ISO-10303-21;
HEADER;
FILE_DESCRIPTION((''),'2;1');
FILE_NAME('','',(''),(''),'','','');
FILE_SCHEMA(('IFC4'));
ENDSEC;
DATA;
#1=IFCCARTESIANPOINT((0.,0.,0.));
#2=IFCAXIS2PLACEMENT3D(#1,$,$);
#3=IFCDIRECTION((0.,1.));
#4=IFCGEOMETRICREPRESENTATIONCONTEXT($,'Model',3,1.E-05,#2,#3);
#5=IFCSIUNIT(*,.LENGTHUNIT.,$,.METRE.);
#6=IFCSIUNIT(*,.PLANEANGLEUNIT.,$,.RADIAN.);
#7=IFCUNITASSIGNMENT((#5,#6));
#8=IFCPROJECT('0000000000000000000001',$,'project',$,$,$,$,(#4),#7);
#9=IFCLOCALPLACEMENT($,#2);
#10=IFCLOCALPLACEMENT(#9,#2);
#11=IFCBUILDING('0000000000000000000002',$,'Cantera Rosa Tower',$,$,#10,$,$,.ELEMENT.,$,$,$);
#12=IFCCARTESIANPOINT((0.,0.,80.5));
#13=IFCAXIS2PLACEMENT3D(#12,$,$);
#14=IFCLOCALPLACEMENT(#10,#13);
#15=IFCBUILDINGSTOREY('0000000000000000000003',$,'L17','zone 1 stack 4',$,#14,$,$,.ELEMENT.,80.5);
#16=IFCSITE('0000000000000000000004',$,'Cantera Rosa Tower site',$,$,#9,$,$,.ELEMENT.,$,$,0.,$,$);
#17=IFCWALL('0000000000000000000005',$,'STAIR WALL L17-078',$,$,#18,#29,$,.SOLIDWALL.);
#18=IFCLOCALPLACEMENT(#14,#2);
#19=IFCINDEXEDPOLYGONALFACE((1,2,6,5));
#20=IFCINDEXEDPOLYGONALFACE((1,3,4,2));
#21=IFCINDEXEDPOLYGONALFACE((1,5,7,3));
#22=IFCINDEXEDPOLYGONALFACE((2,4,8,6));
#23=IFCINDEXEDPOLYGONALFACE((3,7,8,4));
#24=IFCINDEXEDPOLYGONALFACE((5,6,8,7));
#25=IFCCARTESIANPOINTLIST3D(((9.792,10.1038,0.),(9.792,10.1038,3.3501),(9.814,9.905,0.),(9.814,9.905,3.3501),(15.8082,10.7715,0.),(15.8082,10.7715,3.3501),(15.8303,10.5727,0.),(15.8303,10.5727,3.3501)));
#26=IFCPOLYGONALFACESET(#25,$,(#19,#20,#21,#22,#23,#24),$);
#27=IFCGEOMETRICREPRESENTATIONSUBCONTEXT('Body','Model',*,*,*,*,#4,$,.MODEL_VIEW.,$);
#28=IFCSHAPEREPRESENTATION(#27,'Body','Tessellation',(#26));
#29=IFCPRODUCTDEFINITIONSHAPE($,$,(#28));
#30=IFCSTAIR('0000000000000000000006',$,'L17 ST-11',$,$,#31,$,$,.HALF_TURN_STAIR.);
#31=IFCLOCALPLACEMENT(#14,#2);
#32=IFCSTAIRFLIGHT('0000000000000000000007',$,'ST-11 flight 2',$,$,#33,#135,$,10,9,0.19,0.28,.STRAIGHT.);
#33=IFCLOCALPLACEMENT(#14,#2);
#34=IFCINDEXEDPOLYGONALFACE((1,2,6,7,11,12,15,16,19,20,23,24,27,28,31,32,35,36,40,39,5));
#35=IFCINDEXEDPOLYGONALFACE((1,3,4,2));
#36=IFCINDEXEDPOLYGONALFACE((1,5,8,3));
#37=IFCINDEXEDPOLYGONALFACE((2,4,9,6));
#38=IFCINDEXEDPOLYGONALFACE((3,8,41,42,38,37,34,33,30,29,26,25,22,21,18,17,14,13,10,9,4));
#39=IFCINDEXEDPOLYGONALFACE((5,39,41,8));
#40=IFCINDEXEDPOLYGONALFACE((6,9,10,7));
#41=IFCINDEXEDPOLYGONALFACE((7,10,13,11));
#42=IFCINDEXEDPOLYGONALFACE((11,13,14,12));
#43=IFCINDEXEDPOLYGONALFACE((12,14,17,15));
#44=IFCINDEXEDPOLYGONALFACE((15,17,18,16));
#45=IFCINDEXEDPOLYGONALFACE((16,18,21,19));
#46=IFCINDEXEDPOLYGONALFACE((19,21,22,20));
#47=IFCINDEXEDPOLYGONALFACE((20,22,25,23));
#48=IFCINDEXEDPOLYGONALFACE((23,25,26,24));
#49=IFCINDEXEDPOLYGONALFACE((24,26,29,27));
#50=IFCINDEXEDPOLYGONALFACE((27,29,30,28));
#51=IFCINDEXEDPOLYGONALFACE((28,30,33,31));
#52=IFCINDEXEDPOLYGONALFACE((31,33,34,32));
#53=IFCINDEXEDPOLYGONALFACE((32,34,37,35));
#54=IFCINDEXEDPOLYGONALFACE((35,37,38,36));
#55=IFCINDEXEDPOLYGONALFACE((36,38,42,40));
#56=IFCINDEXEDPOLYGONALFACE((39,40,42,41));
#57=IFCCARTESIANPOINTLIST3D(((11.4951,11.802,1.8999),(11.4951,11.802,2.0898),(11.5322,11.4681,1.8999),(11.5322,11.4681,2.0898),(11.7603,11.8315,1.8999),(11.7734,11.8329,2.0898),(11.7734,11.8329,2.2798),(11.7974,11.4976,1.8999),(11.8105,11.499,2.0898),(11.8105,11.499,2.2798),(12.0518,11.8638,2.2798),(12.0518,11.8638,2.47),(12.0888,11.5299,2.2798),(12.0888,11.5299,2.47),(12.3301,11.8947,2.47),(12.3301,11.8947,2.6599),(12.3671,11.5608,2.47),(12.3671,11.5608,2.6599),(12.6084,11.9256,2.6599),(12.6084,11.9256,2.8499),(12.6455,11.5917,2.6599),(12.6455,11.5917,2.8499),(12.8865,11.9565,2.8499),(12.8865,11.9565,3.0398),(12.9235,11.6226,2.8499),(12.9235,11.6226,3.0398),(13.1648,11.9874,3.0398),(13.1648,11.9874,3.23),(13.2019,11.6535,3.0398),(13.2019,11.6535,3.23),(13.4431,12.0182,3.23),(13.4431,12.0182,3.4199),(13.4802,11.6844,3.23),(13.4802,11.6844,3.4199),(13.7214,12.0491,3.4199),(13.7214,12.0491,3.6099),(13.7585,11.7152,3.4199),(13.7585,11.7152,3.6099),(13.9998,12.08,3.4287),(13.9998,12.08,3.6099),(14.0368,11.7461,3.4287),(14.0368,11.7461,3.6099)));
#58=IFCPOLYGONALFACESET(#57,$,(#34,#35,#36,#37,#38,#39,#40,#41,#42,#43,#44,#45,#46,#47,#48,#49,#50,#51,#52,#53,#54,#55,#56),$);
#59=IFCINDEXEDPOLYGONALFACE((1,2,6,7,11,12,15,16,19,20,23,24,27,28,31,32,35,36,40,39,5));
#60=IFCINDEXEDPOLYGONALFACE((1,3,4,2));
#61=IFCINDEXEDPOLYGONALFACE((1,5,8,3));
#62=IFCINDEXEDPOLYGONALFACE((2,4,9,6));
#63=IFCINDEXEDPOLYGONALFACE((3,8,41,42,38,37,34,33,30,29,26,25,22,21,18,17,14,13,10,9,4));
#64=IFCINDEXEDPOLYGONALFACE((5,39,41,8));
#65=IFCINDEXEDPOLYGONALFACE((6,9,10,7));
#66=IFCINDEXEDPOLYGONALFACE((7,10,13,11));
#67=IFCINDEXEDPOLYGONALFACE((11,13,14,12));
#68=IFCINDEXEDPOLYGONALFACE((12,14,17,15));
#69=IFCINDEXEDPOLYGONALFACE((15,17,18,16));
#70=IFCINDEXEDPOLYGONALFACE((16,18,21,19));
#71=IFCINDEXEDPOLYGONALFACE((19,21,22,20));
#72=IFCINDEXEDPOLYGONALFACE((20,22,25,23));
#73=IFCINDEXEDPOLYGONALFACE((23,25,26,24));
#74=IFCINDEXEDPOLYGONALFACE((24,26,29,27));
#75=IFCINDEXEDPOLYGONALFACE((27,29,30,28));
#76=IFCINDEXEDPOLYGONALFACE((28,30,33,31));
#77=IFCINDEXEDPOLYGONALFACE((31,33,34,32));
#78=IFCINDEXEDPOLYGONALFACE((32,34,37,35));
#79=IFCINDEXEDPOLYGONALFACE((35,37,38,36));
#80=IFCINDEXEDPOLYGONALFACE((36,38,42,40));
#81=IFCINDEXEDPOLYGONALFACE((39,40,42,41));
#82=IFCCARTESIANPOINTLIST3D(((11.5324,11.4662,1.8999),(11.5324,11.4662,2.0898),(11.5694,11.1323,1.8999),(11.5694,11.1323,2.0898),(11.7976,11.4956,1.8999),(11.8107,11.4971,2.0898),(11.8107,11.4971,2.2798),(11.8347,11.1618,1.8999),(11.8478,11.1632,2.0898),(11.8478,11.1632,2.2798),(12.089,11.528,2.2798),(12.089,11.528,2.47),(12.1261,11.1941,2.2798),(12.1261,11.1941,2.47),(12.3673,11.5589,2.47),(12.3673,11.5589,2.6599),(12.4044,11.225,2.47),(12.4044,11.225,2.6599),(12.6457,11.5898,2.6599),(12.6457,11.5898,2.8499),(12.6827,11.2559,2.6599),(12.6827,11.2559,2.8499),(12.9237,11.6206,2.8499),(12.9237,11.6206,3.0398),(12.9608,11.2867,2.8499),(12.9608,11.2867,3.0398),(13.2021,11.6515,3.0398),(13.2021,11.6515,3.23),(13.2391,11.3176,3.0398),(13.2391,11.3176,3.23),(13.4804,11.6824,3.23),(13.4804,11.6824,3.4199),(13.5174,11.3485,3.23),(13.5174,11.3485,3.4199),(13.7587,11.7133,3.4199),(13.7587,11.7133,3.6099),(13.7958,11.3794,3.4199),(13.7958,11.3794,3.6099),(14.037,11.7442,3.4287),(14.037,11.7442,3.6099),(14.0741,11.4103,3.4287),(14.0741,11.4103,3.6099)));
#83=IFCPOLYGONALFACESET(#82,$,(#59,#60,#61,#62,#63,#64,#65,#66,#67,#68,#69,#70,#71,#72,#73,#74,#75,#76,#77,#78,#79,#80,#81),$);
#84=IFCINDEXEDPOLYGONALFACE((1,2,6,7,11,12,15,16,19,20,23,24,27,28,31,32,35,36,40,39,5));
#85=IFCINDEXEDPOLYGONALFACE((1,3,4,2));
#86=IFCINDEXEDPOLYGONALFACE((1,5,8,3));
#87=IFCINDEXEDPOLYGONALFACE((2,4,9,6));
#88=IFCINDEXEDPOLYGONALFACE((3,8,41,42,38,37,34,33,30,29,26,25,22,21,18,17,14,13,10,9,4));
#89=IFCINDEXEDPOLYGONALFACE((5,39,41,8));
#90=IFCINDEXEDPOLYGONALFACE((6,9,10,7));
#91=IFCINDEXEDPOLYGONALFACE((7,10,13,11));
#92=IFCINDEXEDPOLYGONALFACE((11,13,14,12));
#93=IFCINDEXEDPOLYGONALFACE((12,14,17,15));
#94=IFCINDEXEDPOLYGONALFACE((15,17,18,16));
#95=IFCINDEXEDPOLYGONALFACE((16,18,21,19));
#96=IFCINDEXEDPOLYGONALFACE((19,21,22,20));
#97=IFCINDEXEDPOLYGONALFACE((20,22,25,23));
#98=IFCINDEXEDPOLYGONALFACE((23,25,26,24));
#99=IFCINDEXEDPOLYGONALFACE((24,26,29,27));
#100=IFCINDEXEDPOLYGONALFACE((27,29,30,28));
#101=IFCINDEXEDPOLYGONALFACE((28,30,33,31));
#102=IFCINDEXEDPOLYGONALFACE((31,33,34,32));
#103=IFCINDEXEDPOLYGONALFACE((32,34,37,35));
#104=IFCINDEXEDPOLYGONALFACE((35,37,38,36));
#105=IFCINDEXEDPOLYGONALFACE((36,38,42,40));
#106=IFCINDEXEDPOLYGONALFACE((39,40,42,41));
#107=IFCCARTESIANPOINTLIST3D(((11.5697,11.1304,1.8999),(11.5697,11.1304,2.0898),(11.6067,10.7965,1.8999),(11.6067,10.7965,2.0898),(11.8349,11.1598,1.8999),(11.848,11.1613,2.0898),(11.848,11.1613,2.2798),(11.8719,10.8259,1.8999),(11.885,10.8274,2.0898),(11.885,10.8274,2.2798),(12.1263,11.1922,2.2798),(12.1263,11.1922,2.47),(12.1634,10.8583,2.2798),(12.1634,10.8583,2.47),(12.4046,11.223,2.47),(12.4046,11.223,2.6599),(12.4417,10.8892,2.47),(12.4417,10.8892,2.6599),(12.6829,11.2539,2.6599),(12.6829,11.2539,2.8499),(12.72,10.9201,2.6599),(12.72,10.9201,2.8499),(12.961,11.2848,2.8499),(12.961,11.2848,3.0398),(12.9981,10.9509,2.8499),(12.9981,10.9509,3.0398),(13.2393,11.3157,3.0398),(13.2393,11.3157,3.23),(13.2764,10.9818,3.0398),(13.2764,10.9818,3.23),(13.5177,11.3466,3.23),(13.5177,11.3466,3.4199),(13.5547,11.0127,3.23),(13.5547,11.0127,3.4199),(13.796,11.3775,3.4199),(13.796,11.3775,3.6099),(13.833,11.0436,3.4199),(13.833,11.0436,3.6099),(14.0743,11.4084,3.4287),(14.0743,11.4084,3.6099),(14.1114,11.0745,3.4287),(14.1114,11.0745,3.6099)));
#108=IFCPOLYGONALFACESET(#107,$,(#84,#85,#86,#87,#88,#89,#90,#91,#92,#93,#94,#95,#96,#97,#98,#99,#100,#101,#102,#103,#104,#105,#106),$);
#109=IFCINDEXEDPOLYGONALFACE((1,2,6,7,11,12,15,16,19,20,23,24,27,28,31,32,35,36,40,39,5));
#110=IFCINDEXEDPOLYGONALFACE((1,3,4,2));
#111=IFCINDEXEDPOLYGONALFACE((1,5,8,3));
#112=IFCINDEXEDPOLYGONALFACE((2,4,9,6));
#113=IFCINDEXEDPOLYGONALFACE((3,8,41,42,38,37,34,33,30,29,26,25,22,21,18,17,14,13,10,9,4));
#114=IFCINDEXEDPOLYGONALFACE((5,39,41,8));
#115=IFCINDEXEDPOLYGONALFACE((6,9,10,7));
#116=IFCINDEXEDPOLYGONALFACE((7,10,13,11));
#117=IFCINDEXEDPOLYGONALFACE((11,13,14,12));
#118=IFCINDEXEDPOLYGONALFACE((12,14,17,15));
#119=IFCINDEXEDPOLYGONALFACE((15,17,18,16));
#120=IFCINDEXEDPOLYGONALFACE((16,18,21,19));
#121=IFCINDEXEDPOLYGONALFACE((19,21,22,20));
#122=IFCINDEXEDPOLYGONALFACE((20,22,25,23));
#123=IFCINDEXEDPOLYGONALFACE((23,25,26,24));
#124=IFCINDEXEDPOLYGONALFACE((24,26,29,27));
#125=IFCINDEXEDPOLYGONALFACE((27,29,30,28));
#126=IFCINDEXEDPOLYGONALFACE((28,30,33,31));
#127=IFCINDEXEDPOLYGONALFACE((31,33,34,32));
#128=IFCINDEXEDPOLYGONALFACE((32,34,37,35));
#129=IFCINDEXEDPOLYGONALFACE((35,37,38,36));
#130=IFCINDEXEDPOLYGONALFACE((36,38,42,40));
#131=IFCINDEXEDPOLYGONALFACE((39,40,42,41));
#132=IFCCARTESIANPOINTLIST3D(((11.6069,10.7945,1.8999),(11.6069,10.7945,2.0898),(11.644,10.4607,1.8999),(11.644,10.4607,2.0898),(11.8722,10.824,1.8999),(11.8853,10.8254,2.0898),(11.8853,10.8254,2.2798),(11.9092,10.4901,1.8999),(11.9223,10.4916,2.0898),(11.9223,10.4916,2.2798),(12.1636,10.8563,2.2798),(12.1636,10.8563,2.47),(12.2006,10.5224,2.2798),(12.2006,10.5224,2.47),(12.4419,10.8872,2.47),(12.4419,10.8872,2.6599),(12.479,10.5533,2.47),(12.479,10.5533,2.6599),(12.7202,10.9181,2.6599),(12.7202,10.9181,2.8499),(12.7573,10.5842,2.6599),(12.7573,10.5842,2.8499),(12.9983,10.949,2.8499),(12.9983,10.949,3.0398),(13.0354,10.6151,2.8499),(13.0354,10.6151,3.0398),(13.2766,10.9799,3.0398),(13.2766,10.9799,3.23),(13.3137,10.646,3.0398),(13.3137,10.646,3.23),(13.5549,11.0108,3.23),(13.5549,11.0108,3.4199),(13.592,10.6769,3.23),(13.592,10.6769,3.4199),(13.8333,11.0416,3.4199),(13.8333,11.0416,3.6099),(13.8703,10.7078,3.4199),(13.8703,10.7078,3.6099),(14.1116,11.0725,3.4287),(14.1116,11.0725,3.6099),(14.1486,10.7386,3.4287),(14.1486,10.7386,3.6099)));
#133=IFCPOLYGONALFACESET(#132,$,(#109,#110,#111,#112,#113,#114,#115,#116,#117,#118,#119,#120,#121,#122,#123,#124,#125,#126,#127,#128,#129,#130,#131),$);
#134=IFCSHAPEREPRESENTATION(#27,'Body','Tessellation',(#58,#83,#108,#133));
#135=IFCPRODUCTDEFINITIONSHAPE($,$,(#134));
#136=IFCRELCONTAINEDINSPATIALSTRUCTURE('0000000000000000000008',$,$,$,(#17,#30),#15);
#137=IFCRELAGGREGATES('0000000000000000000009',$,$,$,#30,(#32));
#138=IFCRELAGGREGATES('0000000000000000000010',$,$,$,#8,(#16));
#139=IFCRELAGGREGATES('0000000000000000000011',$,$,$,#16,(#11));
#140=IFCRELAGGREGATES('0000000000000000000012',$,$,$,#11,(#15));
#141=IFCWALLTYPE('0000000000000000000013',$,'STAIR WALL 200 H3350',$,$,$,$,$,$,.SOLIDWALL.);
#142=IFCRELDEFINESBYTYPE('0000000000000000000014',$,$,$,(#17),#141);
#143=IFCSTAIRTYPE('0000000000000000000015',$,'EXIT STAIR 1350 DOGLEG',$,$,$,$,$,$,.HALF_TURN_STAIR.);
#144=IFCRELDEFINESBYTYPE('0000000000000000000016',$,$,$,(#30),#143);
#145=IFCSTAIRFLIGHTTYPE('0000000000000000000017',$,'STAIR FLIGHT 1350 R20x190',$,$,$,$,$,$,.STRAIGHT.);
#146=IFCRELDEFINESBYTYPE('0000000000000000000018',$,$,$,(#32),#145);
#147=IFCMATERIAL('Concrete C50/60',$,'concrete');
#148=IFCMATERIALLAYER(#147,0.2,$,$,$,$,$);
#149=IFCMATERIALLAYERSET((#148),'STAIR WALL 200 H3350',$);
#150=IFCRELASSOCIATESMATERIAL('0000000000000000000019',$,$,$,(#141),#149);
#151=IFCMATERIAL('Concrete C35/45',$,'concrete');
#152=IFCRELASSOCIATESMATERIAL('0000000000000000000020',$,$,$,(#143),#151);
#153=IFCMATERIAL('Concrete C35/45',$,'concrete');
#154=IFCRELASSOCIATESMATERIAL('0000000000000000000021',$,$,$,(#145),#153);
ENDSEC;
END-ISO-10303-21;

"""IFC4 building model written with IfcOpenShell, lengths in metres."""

from ifc_helpers import new_model, si_unit, direction, frame, frame_2d, origin, place, context, subcontext, project, spatial, polyline, rectangle, outline, extrude, material, layer, layer_set, type_object, element, aggregate, save


model = new_model("IFC4")

# Units and contexts
model_context = context("Model", 3, precision=1e-05, world=origin(), true_north=direction((0.0, 1.0)))
body_context = subcontext(model_context, "Body", "Model", "MODEL_VIEW")
ifc_project = project(units=[si_unit("LENGTHUNIT", "METRE"), si_unit("PLANEANGLEUNIT", "RADIAN")], contexts=[model_context])

# Site, building, storey
site_placement = place(None, origin())
site = spatial("IfcSite", under=ifc_project, at=site_placement, Name="Cantera Rosa Tower site", CompositionType="ELEMENT", RefElevation=0.0)
building_placement = place(site_placement, origin())
building = spatial("IfcBuilding", under=site, at=building_placement, Name="Cantera Rosa Tower", CompositionType="ELEMENT")
storey_placement = place(building_placement, frame((0.0, 0.0, 80.5)))
storey = spatial("IfcBuildingStorey", under=building, at=storey_placement, Name="L17", Description="zone 1 stack 4", CompositionType="ELEMENT", Elevation=80.5)

# Wall
ifc_material_1 = material(Name="Concrete C50/60", Category="concrete")
ifc_layer_1 = layer(ifc_material_1, 0.2)
ifc_layer_set_1 = layer_set([ifc_layer_1], Name="STAIR WALL 200 H3350")
wall_type_1 = type_object("IfcWallType", Name="STAIR WALL 200 H3350", PredefinedType="SOLIDWALL", material=ifc_layer_set_1)
wall_1_placement = place(storey_placement, frame((9.803, 10.0044, 0.0), z_axis=(0.0, 0.0, 1.0), x_axis=(0.993897, 0.110308, 0.0)))
element("IfcWall", 1, at=wall_1_placement, inside=storey, type_object=wall_type_1, Name="STAIR WALL L17-078", PredefinedType="SOLIDWALL", context=body_context, shape_type="SweptSolid", body=[
    extrude(rectangle(XDim=6.0532, YDim=0.2, at=frame_2d((3.0266, 0.0))), origin(), (0.0, 0.0, 1.0), 3.3501),
])

# Stair, stair flight
ifc_material_2 = material(Name="Concrete C35/45", Category="concrete")
stair_type = type_object("IfcStairType", Name="EXIT STAIR 1350 DOGLEG", PredefinedType="HALF_TURN_STAIR", material=ifc_material_2)
stair_placement = place(storey_placement, origin())
stair = element("IfcStair", 2, at=stair_placement, inside=storey, type_object=stair_type, Name="L17 ST-11", PredefinedType="HALF_TURN_STAIR")
ifc_material_3 = material(Name="Concrete C35/45", Category="concrete")
stair_flight_type = type_object("IfcStairFlightType", Name="STAIR FLIGHT 1350 R20x190", PredefinedType="STRAIGHT", material=ifc_material_3)
stair_flight_placement = place(storey_placement, frame((11.5696, 11.1311, 1.8999), z_axis=(0.0, 0.0, 1.0), x_axis=(0.993897, 0.110313, 0.0)))
stair_flight = element("IfcStairFlight", 3, at=stair_flight_placement, type_object=stair_flight_type, Name="ST-11 flight 2", NumberOfRisers=10, NumberOfTreads=9, PredefinedType="STRAIGHT", RiserHeight=0.19, TreadLength=0.28, context=body_context, shape_type="SweptSolid", body=[
    extrude(outline(polyline([(0.0, 0.0), (0.0, 0.1899), (0.28, 0.1899), (0.28, 0.3799), (0.5601, 0.3799), (0.5601, 0.5701), (0.8401, 0.5701), (0.8401, 0.76), (1.1201, 0.76), (1.1201, 0.95), (1.3999, 0.95), (1.3999, 1.1399), (1.6799, 1.1399), (1.6799, 1.3301), (1.96, 1.3301), (1.96, 1.52), (2.24, 1.52), (2.24, 1.71), (2.52, 1.71), (2.52, 1.8999), (2.52, 1.5288), (0.2668, 0.0), (0.0, 0.0)])), frame((0.0, 0.675, 0.0), z_axis=(0.0, -1.0, 0.0), x_axis=(1.0, 0.0, 0.0)), (0.0, 0.0, 1.0), 0.3359),
    extrude(outline(polyline([(0.0, 0.0), (0.0, 0.1899), (0.28, 0.1899), (0.28, 0.3799), (0.5601, 0.3799), (0.5601, 0.5701), (0.8401, 0.5701), (0.8401, 0.76), (1.1201, 0.76), (1.1201, 0.95), (1.3999, 0.95), (1.3999, 1.1399), (1.6799, 1.1399), (1.6799, 1.3301), (1.96, 1.3301), (1.96, 1.52), (2.24, 1.52), (2.24, 1.71), (2.52, 1.71), (2.52, 1.8999), (2.52, 1.5288), (0.2668, 0.0), (0.0, 0.0)])), frame((0.0, 0.3372, 0.0), z_axis=(0.0, -1.0, 0.0), x_axis=(1.0, 0.0, 0.0)), (0.0, 0.0, 1.0), 0.3359),
    extrude(outline(polyline([(0.0, 0.0), (0.0, 0.1899), (0.28, 0.1899), (0.28, 0.3799), (0.5601, 0.3799), (0.5601, 0.5701), (0.8401, 0.5701), (0.8401, 0.76), (1.1201, 0.76), (1.1201, 0.95), (1.3999, 0.95), (1.3999, 1.1399), (1.6799, 1.1399), (1.6799, 1.3301), (1.96, 1.3301), (1.96, 1.52), (2.24, 1.52), (2.24, 1.71), (2.52, 1.71), (2.52, 1.8999), (2.52, 1.5288), (0.2668, 0.0), (0.0, 0.0)])), frame((0.0, -0.0007, 0.0), z_axis=(0.0, -1.0, 0.0), x_axis=(1.0, 0.0, 0.0)), (0.0, 0.0, 1.0), 0.3359),
    extrude(outline(polyline([(0.0, 0.0), (0.0, 0.1899), (0.28, 0.1899), (0.28, 0.3799), (0.5601, 0.3799), (0.5601, 0.5701), (0.8401, 0.5701), (0.8401, 0.76), (1.1201, 0.76), (1.1201, 0.95), (1.3999, 0.95), (1.3999, 1.1399), (1.6799, 1.1399), (1.6799, 1.3301), (1.96, 1.3301), (1.96, 1.52), (2.24, 1.52), (2.24, 1.71), (2.52, 1.71), (2.52, 1.8999), (2.52, 1.5288), (0.2668, 0.0), (0.0, 0.0)])), frame((0.0, -0.3386, 0.0), z_axis=(0.0, -1.0, 0.0), x_axis=(1.0, 0.0, 0.0)), (0.0, 0.0, 1.0), 0.3359),
])
aggregate(stair, [stair_flight])

save(model, "model.ifc")
